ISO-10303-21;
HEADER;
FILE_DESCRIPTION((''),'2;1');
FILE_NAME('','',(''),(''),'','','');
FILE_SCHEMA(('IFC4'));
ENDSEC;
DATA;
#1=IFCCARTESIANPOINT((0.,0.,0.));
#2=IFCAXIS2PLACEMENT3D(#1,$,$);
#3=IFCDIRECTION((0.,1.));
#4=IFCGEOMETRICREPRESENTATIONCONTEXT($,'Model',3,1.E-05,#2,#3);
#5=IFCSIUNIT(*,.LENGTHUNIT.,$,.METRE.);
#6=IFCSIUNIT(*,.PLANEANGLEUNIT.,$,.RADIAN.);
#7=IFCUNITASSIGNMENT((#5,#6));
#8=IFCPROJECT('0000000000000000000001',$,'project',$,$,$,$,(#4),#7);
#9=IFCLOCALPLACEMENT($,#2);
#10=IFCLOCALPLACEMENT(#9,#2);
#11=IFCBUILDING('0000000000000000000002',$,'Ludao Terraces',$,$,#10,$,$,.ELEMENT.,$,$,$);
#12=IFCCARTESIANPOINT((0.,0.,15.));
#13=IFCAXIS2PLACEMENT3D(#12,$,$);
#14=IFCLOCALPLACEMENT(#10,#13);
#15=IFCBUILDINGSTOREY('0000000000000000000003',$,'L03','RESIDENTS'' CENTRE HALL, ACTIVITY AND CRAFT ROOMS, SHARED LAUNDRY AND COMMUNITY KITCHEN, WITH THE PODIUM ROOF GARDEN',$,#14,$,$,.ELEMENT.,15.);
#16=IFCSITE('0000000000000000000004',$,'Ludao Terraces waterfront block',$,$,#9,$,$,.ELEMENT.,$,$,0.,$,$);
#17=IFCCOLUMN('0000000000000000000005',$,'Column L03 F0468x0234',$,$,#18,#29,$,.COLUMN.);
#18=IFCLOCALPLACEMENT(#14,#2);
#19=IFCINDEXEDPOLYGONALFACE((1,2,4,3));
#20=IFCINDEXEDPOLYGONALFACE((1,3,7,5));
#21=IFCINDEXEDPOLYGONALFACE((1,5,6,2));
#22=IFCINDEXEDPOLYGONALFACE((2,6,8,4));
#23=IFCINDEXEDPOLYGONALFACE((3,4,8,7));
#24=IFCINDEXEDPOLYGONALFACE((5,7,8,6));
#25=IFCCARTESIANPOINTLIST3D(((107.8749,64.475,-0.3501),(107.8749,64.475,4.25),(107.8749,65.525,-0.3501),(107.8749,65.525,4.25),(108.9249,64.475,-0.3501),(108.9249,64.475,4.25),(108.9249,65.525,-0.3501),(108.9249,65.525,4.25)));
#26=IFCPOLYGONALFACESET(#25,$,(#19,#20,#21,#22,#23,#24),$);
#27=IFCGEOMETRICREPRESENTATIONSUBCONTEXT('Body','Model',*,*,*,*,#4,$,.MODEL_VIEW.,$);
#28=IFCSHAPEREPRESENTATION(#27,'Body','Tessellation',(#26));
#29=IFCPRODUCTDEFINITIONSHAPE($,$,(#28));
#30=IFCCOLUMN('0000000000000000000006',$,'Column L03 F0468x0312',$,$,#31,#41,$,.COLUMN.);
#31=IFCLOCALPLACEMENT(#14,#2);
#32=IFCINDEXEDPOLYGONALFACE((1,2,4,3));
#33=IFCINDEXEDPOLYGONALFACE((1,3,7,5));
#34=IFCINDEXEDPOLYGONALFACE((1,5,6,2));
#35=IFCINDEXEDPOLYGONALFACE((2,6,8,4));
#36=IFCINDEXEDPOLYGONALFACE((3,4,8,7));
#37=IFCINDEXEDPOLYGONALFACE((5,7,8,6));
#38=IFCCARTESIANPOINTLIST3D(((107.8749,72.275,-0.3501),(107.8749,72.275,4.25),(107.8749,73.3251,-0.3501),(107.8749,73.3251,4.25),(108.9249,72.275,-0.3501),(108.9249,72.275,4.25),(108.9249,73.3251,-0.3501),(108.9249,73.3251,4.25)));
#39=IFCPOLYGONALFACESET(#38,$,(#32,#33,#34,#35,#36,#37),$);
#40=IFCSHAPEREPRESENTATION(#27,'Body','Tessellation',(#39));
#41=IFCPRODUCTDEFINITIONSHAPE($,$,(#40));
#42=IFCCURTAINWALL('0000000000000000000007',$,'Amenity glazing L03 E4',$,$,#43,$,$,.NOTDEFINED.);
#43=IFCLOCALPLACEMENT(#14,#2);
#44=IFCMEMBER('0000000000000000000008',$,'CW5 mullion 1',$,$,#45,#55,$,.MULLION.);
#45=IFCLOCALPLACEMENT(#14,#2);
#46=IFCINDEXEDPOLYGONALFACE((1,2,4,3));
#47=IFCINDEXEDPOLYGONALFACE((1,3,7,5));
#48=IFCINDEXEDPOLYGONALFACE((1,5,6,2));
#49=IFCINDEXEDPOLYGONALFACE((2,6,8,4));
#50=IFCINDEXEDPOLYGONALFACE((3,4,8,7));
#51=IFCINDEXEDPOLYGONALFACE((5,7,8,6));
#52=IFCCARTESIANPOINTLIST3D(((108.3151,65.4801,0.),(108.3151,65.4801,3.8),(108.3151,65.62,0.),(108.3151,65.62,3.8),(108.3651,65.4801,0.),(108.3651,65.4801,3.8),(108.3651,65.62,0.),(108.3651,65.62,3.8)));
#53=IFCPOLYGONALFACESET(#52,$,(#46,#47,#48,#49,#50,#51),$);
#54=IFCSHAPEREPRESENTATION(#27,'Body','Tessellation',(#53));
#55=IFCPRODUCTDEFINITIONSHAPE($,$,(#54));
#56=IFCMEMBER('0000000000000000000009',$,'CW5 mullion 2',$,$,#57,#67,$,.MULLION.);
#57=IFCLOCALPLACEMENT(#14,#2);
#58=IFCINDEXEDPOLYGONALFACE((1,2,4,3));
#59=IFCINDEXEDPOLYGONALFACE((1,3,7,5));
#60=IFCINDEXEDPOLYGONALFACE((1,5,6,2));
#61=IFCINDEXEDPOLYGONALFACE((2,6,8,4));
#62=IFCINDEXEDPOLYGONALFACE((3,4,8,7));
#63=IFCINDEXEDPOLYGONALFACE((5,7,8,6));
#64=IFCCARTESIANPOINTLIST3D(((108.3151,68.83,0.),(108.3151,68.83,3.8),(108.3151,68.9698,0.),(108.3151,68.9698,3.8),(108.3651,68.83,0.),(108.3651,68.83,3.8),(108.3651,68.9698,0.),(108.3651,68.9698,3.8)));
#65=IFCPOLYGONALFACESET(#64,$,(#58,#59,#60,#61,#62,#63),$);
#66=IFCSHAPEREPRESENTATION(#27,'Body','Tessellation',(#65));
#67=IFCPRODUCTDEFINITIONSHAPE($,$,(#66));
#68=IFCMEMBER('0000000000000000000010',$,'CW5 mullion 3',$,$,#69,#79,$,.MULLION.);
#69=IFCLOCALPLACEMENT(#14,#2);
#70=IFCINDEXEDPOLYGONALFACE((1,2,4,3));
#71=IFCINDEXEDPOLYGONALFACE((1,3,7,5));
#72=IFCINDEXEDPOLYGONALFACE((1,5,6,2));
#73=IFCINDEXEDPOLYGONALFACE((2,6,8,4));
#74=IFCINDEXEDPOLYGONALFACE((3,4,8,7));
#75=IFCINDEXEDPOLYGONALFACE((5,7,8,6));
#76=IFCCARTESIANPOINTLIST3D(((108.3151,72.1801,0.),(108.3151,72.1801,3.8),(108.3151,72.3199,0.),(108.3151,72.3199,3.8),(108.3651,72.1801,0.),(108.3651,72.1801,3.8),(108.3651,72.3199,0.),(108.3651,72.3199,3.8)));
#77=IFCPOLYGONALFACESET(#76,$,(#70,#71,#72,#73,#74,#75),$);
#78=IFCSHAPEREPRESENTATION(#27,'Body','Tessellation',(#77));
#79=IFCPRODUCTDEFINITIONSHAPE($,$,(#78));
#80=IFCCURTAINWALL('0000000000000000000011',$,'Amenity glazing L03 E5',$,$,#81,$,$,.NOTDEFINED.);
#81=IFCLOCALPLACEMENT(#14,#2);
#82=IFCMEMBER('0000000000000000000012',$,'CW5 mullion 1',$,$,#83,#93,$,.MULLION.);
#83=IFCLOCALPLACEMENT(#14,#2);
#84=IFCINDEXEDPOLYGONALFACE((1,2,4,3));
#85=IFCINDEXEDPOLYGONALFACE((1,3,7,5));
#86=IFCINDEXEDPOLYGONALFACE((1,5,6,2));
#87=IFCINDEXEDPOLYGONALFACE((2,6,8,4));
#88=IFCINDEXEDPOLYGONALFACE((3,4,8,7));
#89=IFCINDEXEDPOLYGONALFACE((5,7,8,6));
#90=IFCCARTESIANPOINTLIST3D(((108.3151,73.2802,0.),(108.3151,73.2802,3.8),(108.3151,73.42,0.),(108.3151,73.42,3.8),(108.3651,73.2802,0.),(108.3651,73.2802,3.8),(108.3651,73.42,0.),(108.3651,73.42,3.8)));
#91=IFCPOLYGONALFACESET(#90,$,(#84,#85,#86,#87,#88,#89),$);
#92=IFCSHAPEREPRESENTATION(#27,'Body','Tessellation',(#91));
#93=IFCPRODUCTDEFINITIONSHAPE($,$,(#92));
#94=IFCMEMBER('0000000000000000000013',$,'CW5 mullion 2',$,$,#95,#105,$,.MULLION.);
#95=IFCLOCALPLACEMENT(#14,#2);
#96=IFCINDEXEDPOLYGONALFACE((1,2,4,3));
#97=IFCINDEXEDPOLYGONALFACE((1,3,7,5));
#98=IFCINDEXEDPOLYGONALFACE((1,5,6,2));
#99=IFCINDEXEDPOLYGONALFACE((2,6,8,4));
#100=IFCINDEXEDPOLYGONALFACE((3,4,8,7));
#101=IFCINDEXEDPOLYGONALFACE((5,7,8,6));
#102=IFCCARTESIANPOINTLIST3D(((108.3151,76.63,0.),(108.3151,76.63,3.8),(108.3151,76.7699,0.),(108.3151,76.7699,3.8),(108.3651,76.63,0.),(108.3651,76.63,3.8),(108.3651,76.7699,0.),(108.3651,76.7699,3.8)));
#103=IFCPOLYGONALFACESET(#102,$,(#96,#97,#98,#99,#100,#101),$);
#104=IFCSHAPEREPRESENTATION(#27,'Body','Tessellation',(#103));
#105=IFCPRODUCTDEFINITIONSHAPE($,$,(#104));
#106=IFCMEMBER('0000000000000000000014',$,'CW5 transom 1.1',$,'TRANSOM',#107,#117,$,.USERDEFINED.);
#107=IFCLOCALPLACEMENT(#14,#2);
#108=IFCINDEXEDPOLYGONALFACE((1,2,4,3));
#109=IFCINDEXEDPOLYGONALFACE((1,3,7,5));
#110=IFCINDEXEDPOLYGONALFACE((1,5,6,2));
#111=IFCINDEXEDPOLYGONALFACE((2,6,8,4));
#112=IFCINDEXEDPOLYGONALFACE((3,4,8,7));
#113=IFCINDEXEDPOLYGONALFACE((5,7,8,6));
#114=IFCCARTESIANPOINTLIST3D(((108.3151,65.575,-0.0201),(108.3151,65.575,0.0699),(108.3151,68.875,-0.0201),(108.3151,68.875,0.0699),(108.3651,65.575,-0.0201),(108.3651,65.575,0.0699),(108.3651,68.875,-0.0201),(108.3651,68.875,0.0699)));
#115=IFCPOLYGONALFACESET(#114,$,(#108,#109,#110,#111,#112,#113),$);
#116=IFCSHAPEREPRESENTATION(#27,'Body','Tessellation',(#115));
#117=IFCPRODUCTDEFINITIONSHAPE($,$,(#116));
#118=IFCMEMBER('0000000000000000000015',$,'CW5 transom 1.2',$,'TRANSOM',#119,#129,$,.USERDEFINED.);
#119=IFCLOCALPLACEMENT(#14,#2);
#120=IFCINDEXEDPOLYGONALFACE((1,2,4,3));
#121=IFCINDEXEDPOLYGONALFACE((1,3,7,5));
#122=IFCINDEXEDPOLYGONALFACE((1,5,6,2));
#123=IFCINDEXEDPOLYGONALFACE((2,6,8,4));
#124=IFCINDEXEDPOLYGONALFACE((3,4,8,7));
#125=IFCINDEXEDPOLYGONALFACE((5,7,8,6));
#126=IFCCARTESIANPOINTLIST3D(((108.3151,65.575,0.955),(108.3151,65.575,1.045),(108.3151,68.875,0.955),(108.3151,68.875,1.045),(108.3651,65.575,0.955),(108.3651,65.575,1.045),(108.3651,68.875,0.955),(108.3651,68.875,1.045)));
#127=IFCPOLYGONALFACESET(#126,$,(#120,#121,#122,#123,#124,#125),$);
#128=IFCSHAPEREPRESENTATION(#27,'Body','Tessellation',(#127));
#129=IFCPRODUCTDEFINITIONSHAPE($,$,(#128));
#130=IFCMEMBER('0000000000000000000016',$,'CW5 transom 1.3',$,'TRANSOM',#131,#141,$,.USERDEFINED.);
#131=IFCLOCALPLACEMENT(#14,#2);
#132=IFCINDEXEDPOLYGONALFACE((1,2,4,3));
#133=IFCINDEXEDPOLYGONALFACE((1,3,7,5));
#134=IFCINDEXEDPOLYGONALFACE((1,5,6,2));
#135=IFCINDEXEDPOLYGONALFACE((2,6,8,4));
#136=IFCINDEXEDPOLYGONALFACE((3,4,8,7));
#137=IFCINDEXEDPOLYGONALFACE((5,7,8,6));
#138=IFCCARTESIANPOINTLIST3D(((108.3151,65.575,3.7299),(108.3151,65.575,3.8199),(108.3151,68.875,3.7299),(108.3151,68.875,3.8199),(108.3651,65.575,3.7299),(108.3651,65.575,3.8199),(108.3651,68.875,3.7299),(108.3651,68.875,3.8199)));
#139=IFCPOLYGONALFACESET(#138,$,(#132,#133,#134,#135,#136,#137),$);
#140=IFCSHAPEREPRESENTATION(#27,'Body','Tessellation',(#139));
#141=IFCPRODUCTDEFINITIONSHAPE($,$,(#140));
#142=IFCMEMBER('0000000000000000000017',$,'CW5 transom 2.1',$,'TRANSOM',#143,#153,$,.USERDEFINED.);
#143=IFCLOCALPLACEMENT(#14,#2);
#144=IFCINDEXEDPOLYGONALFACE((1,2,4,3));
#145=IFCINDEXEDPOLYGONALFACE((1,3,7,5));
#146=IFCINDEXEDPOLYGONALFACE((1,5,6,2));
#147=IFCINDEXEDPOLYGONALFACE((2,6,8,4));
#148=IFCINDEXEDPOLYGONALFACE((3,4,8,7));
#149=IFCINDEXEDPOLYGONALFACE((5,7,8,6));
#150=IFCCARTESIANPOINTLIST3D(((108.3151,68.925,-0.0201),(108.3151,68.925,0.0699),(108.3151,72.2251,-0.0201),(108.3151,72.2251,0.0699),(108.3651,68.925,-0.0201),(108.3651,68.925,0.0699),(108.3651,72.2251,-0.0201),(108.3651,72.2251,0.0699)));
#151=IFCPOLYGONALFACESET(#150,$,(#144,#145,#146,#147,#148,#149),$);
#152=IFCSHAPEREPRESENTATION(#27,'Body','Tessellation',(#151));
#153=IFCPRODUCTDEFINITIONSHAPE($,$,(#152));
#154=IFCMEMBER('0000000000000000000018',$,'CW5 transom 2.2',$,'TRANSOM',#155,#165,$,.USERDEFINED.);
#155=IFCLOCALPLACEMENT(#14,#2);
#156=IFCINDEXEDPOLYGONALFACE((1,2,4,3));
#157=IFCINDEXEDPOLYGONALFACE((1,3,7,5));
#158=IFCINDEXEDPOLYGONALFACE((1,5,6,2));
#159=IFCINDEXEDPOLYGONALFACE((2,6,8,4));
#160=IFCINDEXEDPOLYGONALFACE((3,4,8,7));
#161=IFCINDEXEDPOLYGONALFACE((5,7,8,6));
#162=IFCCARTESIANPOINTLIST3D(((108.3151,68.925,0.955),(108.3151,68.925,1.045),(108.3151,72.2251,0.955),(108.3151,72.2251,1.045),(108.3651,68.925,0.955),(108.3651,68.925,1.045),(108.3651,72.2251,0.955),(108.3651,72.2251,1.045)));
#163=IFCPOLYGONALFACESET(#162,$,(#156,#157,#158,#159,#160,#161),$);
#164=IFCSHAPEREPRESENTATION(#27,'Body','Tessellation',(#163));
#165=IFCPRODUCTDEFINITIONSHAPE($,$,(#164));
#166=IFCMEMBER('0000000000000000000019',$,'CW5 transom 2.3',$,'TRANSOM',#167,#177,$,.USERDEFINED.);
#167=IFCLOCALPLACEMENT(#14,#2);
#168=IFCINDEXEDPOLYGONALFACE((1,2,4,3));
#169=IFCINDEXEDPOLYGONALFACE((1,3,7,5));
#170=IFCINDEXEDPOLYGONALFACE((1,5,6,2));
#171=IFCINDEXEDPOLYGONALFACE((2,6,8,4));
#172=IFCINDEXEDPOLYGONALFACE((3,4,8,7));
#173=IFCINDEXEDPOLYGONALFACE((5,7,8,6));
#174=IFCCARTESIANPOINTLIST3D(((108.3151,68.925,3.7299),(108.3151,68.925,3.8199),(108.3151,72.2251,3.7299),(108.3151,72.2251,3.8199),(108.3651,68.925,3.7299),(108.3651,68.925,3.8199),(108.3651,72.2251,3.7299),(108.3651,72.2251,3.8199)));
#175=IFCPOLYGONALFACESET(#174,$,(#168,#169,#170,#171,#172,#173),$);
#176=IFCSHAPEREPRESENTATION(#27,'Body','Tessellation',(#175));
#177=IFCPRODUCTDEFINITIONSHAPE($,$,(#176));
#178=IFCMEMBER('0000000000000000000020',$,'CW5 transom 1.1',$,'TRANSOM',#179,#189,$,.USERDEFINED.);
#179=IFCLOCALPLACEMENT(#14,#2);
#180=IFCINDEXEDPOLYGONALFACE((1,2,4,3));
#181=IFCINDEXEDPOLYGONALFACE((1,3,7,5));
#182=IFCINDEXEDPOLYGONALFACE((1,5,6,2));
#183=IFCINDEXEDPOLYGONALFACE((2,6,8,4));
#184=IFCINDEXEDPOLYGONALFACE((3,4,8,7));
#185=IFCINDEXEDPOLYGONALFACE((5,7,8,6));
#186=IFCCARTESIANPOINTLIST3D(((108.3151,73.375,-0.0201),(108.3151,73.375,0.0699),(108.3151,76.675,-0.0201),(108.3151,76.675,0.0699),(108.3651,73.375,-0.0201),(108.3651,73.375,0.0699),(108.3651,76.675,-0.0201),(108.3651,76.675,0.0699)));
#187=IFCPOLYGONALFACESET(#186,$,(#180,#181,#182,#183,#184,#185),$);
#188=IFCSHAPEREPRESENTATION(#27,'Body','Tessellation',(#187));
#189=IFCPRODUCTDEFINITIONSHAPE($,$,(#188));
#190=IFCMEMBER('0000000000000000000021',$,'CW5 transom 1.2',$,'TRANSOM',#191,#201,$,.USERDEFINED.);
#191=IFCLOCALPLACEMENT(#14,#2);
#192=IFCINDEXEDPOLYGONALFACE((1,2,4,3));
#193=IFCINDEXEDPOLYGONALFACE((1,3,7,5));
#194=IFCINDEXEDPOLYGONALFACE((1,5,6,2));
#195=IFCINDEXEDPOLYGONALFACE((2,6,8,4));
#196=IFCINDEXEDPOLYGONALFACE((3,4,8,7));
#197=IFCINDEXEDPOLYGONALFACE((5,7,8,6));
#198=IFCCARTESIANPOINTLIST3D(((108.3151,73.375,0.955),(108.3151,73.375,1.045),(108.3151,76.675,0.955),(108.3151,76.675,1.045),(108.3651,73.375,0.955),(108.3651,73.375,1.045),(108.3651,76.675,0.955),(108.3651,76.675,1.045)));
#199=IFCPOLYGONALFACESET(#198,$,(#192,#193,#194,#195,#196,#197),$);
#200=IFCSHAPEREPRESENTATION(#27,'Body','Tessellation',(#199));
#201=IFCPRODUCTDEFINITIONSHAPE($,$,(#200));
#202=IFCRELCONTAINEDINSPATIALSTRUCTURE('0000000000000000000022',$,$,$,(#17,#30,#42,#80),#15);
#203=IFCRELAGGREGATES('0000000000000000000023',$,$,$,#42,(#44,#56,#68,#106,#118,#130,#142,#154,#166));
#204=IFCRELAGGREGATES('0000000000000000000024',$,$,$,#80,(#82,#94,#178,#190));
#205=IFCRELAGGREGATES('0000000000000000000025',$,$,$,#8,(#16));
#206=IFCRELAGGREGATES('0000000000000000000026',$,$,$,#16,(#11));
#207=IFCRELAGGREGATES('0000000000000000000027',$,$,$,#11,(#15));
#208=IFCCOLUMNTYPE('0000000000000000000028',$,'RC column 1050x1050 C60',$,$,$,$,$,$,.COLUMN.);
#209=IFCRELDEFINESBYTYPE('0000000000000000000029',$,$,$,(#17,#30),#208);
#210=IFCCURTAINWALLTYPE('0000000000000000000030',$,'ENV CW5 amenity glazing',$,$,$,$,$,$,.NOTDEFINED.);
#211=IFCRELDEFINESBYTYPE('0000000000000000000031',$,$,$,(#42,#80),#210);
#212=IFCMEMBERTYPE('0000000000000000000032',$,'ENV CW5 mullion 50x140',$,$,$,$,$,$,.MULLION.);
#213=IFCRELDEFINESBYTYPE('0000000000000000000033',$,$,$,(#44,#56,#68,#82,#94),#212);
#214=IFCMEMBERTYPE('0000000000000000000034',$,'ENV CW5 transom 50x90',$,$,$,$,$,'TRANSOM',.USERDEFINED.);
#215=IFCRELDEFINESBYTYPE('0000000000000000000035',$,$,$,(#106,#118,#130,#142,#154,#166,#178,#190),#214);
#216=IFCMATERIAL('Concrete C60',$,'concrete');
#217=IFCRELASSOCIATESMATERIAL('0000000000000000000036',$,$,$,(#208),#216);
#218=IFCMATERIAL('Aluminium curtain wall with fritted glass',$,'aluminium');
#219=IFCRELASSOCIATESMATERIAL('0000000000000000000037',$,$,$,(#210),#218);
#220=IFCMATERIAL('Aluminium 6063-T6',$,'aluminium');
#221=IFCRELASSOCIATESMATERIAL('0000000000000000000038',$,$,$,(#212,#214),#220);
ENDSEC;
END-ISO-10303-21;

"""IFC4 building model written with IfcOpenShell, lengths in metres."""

from ifc_helpers import new_model, si_unit, direction, frame, origin, origin_2d, place, context, subcontext, project, spatial, rectangle, extrude, material, material_profile, profile_set, type_object, element, aggregate, save


model = new_model("IFC4")

# Units and contexts
model_context = context("Model", 3, precision=1e-05, world=origin(), true_north=direction((0.0, 1.0)))
body_context = subcontext(model_context, "Body", "Model", "MODEL_VIEW")
ifc_project = project(units=[si_unit("LENGTHUNIT", "METRE"), si_unit("PLANEANGLEUNIT", "RADIAN")], contexts=[model_context])

# Site, building, storey
site_placement = place(None, origin())
site = spatial("IfcSite", under=ifc_project, at=site_placement, Name="Ludao Terraces waterfront block", CompositionType="ELEMENT", RefElevation=0.0)
building_placement = place(site_placement, origin())
building = spatial("IfcBuilding", under=site, at=building_placement, Name="Ludao Terraces", CompositionType="ELEMENT")
storey_placement = place(building_placement, frame((0.0, 0.0, 15.0)))
storey = spatial("IfcBuildingStorey", under=building, at=storey_placement, Name="L03", Description="RESIDENTS' CENTRE HALL, ACTIVITY AND CRAFT ROOMS, SHARED LAUNDRY AND COMMUNITY KITCHEN, WITH THE PODIUM ROOF GARDEN", CompositionType="ELEMENT", Elevation=15.0)

# Columns
ifc_material_1 = material(Name="Concrete C60", Category="concrete")
ifc_material_profile_1 = material_profile(ifc_material_1, rectangle(XDim=1.05, YDim=1.05, at=origin_2d()), Name="1050 X 1050")
ifc_profile_set_1 = profile_set([ifc_material_profile_1], Name="Concrete C60")
column_type = type_object("IfcColumnType", Name="RC column 1050x1050 C60", PredefinedType="COLUMN", material=ifc_profile_set_1)
for number, where, z_axis, x_axis, name in (
    (1, (108.3999, 65.0, -0.3501), (0.0, 0.0, 1.0), (1.0, 0.0, 0.0), "Column L03 F0468x0234"),
    (2, (108.3999, 72.8, -0.3501), (0.0, 0.0, 1.0), (1.0, 0.0, 0.0), "Column L03 F0468x0312"),
):
    element("IfcColumn", number, at=place(storey_placement, frame(where, z_axis=z_axis, x_axis=x_axis)), inside=storey, type_object=column_type, Name=name, PredefinedType="COLUMN", context=body_context, shape_type="SweptSolid", body=[
        extrude(rectangle(XDim=1.05, YDim=1.05, at=origin_2d()), origin(), (0.0, 0.0, 1.0), 4.6001),
    ])

# Curtain walls, members
ifc_material_2 = material(Name="Aluminium curtain wall with fritted glass", Category="aluminium")
curtain_wall_type = type_object("IfcCurtainWallType", Name="ENV CW5 amenity glazing", PredefinedType="NOTDEFINED", material=ifc_material_2)
curtain_wall_1_placement = place(storey_placement, origin())
curtain_wall_1 = element("IfcCurtainWall", 3, at=curtain_wall_1_placement, inside=storey, type_object=curtain_wall_type, Name="Amenity glazing L03 E4", PredefinedType="NOTDEFINED")
ifc_material_3 = material(Name="Aluminium 6063-T6", Category="aluminium")
ifc_material_profile_2 = material_profile(ifc_material_3, rectangle(XDim=0.05, YDim=0.1399, at=origin_2d()), Name="50 X 140")
ifc_profile_set_2 = profile_set([ifc_material_profile_2], Name="Aluminium 6063-T6")
member_type_1 = type_object("IfcMemberType", Name="ENV CW5 mullion 50x140", PredefinedType="MULLION", material=ifc_profile_set_2)
member_1_placement = place(storey_placement, frame((108.3401, 65.55, 0.0), z_axis=(0.0, 0.0, 1.0), x_axis=(-1.0, 0.0, 0.0)))
member_1 = element("IfcMember", 4, at=member_1_placement, type_object=member_type_1, Name="CW5 mullion 1", PredefinedType="MULLION", context=body_context, shape_type="SweptSolid", body=[
    extrude(rectangle(XDim=0.05, YDim=0.1399, at=origin_2d()), origin(), (0.0, 0.0, 1.0), 3.8),
])
member_2_placement = place(storey_placement, frame((108.3401, 68.8999, 0.0), z_axis=(0.0, 0.0, 1.0), x_axis=(-1.0, 0.0, 0.0)))
member_2 = element("IfcMember", 5, at=member_2_placement, type_object=member_type_1, Name="CW5 mullion 2", PredefinedType="MULLION", context=body_context, shape_type="SweptSolid", body=[
    extrude(rectangle(XDim=0.05, YDim=0.1399, at=origin_2d()), origin(), (0.0, 0.0, 1.0), 3.8),
])
member_3_placement = place(storey_placement, frame((108.3401, 72.25, 0.0), z_axis=(0.0, 0.0, 1.0), x_axis=(-1.0, 0.0, 0.0)))
member_3 = element("IfcMember", 6, at=member_3_placement, type_object=member_type_1, Name="CW5 mullion 3", PredefinedType="MULLION", context=body_context, shape_type="SweptSolid", body=[
    extrude(rectangle(XDim=0.05, YDim=0.1399, at=origin_2d()), origin(), (0.0, 0.0, 1.0), 3.8),
])
curtain_wall_2_placement = place(storey_placement, origin())
curtain_wall_2 = element("IfcCurtainWall", 7, at=curtain_wall_2_placement, inside=storey, type_object=curtain_wall_type, Name="Amenity glazing L03 E5", PredefinedType="NOTDEFINED")
member_4_placement = place(storey_placement, frame((108.3401, 73.3501, 0.0), z_axis=(0.0, 0.0, 1.0), x_axis=(-1.0, 0.0, 0.0)))
member_4 = element("IfcMember", 8, at=member_4_placement, type_object=member_type_1, Name="CW5 mullion 1", PredefinedType="MULLION", context=body_context, shape_type="SweptSolid", body=[
    extrude(rectangle(XDim=0.05, YDim=0.1399, at=origin_2d()), origin(), (0.0, 0.0, 1.0), 3.8),
])
member_5_placement = place(storey_placement, frame((108.3401, 76.7, 0.0), z_axis=(0.0, 0.0, 1.0), x_axis=(-1.0, 0.0, 0.0)))
member_5 = element("IfcMember", 9, at=member_5_placement, type_object=member_type_1, Name="CW5 mullion 2", PredefinedType="MULLION", context=body_context, shape_type="SweptSolid", body=[
    extrude(rectangle(XDim=0.05, YDim=0.1399, at=origin_2d()), origin(), (0.0, 0.0, 1.0), 3.8),
])

# Members
ifc_material_profile_3 = material_profile(ifc_material_3, rectangle(XDim=0.05, YDim=0.0901, at=origin_2d()), Name="50 X 90")
ifc_profile_set_3 = profile_set([ifc_material_profile_3], Name="Aluminium 6063-T6")
member_type_2 = type_object("IfcMemberType", Name="ENV CW5 transom 50x90", ElementType="TRANSOM", PredefinedType="USERDEFINED", material=ifc_profile_set_3)
member_6_placement = place(storey_placement, frame((108.3401, 65.575, 0.0249), z_axis=(0.0, 1.0, 0.0), x_axis=(-1.0, 0.0, 0.0)))
member_6 = element("IfcMember", 10, at=member_6_placement, type_object=member_type_2, Name="CW5 transom 1.1", ObjectType="TRANSOM", PredefinedType="USERDEFINED", context=body_context, shape_type="SweptSolid", body=[
    extrude(rectangle(XDim=0.05, YDim=0.0901, at=origin_2d()), origin(), (0.0, 0.0, 1.0), 3.3),
])
member_7_placement = place(storey_placement, frame((108.3401, 65.575, 1.0), z_axis=(0.0, 1.0, 0.0), x_axis=(-1.0, 0.0, 0.0)))
member_7 = element("IfcMember", 11, at=member_7_placement, type_object=member_type_2, Name="CW5 transom 1.2", ObjectType="TRANSOM", PredefinedType="USERDEFINED", context=body_context, shape_type="SweptSolid", body=[
    extrude(rectangle(XDim=0.05, YDim=0.0901, at=origin_2d()), origin(), (0.0, 0.0, 1.0), 3.3),
])
member_8_placement = place(storey_placement, frame((108.3401, 65.575, 3.7749), z_axis=(0.0, 1.0, 0.0), x_axis=(-1.0, 0.0, 0.0)))
member_8 = element("IfcMember", 12, at=member_8_placement, type_object=member_type_2, Name="CW5 transom 1.3", ObjectType="TRANSOM", PredefinedType="USERDEFINED", context=body_context, shape_type="SweptSolid", body=[
    extrude(rectangle(XDim=0.05, YDim=0.0901, at=origin_2d()), origin(), (0.0, 0.0, 1.0), 3.3),
])
member_9_placement = place(storey_placement, frame((108.3401, 68.925, 0.0249), z_axis=(0.0, 1.0, 0.0), x_axis=(-1.0, 0.0, 0.0)))
member_9 = element("IfcMember", 13, at=member_9_placement, type_object=member_type_2, Name="CW5 transom 2.1", ObjectType="TRANSOM", PredefinedType="USERDEFINED", context=body_context, shape_type="SweptSolid", body=[
    extrude(rectangle(XDim=0.05, YDim=0.0901, at=origin_2d()), origin(), (0.0, 0.0, 1.0), 3.3),
])
member_10_placement = place(storey_placement, frame((108.3401, 68.925, 1.0), z_axis=(0.0, 1.0, 0.0), x_axis=(-1.0, 0.0, 0.0)))
member_10 = element("IfcMember", 14, at=member_10_placement, type_object=member_type_2, Name="CW5 transom 2.2", ObjectType="TRANSOM", PredefinedType="USERDEFINED", context=body_context, shape_type="SweptSolid", body=[
    extrude(rectangle(XDim=0.05, YDim=0.0901, at=origin_2d()), origin(), (0.0, 0.0, 1.0), 3.3),
])
member_11_placement = place(storey_placement, frame((108.3401, 68.925, 3.7749), z_axis=(0.0, 1.0, 0.0), x_axis=(-1.0, 0.0, 0.0)))
member_11 = element("IfcMember", 15, at=member_11_placement, type_object=member_type_2, Name="CW5 transom 2.3", ObjectType="TRANSOM", PredefinedType="USERDEFINED", context=body_context, shape_type="SweptSolid", body=[
    extrude(rectangle(XDim=0.05, YDim=0.0901, at=origin_2d()), origin(), (0.0, 0.0, 1.0), 3.3),
])
member_12_placement = place(storey_placement, frame((108.3401, 73.375, 0.0249), z_axis=(0.0, 1.0, 0.0), x_axis=(-1.0, 0.0, 0.0)))
member_12 = element("IfcMember", 16, at=member_12_placement, type_object=member_type_2, Name="CW5 transom 1.1", ObjectType="TRANSOM", PredefinedType="USERDEFINED", context=body_context, shape_type="SweptSolid", body=[
    extrude(rectangle(XDim=0.05, YDim=0.0901, at=origin_2d()), origin(), (0.0, 0.0, 1.0), 3.3),
])
member_13_placement = place(storey_placement, frame((108.3401, 73.375, 1.0), z_axis=(0.0, 1.0, 0.0), x_axis=(-1.0, 0.0, 0.0)))
member_13 = element("IfcMember", 17, at=member_13_placement, type_object=member_type_2, Name="CW5 transom 1.2", ObjectType="TRANSOM", PredefinedType="USERDEFINED", context=body_context, shape_type="SweptSolid", body=[
    extrude(rectangle(XDim=0.05, YDim=0.0901, at=origin_2d()), origin(), (0.0, 0.0, 1.0), 3.3),
])

aggregate(curtain_wall_1, [member_1, member_2, member_3, member_6, member_7, member_8, member_9, member_10, member_11])
aggregate(curtain_wall_2, [member_4, member_5, member_12, member_13])

save(model, "model.ifc")
